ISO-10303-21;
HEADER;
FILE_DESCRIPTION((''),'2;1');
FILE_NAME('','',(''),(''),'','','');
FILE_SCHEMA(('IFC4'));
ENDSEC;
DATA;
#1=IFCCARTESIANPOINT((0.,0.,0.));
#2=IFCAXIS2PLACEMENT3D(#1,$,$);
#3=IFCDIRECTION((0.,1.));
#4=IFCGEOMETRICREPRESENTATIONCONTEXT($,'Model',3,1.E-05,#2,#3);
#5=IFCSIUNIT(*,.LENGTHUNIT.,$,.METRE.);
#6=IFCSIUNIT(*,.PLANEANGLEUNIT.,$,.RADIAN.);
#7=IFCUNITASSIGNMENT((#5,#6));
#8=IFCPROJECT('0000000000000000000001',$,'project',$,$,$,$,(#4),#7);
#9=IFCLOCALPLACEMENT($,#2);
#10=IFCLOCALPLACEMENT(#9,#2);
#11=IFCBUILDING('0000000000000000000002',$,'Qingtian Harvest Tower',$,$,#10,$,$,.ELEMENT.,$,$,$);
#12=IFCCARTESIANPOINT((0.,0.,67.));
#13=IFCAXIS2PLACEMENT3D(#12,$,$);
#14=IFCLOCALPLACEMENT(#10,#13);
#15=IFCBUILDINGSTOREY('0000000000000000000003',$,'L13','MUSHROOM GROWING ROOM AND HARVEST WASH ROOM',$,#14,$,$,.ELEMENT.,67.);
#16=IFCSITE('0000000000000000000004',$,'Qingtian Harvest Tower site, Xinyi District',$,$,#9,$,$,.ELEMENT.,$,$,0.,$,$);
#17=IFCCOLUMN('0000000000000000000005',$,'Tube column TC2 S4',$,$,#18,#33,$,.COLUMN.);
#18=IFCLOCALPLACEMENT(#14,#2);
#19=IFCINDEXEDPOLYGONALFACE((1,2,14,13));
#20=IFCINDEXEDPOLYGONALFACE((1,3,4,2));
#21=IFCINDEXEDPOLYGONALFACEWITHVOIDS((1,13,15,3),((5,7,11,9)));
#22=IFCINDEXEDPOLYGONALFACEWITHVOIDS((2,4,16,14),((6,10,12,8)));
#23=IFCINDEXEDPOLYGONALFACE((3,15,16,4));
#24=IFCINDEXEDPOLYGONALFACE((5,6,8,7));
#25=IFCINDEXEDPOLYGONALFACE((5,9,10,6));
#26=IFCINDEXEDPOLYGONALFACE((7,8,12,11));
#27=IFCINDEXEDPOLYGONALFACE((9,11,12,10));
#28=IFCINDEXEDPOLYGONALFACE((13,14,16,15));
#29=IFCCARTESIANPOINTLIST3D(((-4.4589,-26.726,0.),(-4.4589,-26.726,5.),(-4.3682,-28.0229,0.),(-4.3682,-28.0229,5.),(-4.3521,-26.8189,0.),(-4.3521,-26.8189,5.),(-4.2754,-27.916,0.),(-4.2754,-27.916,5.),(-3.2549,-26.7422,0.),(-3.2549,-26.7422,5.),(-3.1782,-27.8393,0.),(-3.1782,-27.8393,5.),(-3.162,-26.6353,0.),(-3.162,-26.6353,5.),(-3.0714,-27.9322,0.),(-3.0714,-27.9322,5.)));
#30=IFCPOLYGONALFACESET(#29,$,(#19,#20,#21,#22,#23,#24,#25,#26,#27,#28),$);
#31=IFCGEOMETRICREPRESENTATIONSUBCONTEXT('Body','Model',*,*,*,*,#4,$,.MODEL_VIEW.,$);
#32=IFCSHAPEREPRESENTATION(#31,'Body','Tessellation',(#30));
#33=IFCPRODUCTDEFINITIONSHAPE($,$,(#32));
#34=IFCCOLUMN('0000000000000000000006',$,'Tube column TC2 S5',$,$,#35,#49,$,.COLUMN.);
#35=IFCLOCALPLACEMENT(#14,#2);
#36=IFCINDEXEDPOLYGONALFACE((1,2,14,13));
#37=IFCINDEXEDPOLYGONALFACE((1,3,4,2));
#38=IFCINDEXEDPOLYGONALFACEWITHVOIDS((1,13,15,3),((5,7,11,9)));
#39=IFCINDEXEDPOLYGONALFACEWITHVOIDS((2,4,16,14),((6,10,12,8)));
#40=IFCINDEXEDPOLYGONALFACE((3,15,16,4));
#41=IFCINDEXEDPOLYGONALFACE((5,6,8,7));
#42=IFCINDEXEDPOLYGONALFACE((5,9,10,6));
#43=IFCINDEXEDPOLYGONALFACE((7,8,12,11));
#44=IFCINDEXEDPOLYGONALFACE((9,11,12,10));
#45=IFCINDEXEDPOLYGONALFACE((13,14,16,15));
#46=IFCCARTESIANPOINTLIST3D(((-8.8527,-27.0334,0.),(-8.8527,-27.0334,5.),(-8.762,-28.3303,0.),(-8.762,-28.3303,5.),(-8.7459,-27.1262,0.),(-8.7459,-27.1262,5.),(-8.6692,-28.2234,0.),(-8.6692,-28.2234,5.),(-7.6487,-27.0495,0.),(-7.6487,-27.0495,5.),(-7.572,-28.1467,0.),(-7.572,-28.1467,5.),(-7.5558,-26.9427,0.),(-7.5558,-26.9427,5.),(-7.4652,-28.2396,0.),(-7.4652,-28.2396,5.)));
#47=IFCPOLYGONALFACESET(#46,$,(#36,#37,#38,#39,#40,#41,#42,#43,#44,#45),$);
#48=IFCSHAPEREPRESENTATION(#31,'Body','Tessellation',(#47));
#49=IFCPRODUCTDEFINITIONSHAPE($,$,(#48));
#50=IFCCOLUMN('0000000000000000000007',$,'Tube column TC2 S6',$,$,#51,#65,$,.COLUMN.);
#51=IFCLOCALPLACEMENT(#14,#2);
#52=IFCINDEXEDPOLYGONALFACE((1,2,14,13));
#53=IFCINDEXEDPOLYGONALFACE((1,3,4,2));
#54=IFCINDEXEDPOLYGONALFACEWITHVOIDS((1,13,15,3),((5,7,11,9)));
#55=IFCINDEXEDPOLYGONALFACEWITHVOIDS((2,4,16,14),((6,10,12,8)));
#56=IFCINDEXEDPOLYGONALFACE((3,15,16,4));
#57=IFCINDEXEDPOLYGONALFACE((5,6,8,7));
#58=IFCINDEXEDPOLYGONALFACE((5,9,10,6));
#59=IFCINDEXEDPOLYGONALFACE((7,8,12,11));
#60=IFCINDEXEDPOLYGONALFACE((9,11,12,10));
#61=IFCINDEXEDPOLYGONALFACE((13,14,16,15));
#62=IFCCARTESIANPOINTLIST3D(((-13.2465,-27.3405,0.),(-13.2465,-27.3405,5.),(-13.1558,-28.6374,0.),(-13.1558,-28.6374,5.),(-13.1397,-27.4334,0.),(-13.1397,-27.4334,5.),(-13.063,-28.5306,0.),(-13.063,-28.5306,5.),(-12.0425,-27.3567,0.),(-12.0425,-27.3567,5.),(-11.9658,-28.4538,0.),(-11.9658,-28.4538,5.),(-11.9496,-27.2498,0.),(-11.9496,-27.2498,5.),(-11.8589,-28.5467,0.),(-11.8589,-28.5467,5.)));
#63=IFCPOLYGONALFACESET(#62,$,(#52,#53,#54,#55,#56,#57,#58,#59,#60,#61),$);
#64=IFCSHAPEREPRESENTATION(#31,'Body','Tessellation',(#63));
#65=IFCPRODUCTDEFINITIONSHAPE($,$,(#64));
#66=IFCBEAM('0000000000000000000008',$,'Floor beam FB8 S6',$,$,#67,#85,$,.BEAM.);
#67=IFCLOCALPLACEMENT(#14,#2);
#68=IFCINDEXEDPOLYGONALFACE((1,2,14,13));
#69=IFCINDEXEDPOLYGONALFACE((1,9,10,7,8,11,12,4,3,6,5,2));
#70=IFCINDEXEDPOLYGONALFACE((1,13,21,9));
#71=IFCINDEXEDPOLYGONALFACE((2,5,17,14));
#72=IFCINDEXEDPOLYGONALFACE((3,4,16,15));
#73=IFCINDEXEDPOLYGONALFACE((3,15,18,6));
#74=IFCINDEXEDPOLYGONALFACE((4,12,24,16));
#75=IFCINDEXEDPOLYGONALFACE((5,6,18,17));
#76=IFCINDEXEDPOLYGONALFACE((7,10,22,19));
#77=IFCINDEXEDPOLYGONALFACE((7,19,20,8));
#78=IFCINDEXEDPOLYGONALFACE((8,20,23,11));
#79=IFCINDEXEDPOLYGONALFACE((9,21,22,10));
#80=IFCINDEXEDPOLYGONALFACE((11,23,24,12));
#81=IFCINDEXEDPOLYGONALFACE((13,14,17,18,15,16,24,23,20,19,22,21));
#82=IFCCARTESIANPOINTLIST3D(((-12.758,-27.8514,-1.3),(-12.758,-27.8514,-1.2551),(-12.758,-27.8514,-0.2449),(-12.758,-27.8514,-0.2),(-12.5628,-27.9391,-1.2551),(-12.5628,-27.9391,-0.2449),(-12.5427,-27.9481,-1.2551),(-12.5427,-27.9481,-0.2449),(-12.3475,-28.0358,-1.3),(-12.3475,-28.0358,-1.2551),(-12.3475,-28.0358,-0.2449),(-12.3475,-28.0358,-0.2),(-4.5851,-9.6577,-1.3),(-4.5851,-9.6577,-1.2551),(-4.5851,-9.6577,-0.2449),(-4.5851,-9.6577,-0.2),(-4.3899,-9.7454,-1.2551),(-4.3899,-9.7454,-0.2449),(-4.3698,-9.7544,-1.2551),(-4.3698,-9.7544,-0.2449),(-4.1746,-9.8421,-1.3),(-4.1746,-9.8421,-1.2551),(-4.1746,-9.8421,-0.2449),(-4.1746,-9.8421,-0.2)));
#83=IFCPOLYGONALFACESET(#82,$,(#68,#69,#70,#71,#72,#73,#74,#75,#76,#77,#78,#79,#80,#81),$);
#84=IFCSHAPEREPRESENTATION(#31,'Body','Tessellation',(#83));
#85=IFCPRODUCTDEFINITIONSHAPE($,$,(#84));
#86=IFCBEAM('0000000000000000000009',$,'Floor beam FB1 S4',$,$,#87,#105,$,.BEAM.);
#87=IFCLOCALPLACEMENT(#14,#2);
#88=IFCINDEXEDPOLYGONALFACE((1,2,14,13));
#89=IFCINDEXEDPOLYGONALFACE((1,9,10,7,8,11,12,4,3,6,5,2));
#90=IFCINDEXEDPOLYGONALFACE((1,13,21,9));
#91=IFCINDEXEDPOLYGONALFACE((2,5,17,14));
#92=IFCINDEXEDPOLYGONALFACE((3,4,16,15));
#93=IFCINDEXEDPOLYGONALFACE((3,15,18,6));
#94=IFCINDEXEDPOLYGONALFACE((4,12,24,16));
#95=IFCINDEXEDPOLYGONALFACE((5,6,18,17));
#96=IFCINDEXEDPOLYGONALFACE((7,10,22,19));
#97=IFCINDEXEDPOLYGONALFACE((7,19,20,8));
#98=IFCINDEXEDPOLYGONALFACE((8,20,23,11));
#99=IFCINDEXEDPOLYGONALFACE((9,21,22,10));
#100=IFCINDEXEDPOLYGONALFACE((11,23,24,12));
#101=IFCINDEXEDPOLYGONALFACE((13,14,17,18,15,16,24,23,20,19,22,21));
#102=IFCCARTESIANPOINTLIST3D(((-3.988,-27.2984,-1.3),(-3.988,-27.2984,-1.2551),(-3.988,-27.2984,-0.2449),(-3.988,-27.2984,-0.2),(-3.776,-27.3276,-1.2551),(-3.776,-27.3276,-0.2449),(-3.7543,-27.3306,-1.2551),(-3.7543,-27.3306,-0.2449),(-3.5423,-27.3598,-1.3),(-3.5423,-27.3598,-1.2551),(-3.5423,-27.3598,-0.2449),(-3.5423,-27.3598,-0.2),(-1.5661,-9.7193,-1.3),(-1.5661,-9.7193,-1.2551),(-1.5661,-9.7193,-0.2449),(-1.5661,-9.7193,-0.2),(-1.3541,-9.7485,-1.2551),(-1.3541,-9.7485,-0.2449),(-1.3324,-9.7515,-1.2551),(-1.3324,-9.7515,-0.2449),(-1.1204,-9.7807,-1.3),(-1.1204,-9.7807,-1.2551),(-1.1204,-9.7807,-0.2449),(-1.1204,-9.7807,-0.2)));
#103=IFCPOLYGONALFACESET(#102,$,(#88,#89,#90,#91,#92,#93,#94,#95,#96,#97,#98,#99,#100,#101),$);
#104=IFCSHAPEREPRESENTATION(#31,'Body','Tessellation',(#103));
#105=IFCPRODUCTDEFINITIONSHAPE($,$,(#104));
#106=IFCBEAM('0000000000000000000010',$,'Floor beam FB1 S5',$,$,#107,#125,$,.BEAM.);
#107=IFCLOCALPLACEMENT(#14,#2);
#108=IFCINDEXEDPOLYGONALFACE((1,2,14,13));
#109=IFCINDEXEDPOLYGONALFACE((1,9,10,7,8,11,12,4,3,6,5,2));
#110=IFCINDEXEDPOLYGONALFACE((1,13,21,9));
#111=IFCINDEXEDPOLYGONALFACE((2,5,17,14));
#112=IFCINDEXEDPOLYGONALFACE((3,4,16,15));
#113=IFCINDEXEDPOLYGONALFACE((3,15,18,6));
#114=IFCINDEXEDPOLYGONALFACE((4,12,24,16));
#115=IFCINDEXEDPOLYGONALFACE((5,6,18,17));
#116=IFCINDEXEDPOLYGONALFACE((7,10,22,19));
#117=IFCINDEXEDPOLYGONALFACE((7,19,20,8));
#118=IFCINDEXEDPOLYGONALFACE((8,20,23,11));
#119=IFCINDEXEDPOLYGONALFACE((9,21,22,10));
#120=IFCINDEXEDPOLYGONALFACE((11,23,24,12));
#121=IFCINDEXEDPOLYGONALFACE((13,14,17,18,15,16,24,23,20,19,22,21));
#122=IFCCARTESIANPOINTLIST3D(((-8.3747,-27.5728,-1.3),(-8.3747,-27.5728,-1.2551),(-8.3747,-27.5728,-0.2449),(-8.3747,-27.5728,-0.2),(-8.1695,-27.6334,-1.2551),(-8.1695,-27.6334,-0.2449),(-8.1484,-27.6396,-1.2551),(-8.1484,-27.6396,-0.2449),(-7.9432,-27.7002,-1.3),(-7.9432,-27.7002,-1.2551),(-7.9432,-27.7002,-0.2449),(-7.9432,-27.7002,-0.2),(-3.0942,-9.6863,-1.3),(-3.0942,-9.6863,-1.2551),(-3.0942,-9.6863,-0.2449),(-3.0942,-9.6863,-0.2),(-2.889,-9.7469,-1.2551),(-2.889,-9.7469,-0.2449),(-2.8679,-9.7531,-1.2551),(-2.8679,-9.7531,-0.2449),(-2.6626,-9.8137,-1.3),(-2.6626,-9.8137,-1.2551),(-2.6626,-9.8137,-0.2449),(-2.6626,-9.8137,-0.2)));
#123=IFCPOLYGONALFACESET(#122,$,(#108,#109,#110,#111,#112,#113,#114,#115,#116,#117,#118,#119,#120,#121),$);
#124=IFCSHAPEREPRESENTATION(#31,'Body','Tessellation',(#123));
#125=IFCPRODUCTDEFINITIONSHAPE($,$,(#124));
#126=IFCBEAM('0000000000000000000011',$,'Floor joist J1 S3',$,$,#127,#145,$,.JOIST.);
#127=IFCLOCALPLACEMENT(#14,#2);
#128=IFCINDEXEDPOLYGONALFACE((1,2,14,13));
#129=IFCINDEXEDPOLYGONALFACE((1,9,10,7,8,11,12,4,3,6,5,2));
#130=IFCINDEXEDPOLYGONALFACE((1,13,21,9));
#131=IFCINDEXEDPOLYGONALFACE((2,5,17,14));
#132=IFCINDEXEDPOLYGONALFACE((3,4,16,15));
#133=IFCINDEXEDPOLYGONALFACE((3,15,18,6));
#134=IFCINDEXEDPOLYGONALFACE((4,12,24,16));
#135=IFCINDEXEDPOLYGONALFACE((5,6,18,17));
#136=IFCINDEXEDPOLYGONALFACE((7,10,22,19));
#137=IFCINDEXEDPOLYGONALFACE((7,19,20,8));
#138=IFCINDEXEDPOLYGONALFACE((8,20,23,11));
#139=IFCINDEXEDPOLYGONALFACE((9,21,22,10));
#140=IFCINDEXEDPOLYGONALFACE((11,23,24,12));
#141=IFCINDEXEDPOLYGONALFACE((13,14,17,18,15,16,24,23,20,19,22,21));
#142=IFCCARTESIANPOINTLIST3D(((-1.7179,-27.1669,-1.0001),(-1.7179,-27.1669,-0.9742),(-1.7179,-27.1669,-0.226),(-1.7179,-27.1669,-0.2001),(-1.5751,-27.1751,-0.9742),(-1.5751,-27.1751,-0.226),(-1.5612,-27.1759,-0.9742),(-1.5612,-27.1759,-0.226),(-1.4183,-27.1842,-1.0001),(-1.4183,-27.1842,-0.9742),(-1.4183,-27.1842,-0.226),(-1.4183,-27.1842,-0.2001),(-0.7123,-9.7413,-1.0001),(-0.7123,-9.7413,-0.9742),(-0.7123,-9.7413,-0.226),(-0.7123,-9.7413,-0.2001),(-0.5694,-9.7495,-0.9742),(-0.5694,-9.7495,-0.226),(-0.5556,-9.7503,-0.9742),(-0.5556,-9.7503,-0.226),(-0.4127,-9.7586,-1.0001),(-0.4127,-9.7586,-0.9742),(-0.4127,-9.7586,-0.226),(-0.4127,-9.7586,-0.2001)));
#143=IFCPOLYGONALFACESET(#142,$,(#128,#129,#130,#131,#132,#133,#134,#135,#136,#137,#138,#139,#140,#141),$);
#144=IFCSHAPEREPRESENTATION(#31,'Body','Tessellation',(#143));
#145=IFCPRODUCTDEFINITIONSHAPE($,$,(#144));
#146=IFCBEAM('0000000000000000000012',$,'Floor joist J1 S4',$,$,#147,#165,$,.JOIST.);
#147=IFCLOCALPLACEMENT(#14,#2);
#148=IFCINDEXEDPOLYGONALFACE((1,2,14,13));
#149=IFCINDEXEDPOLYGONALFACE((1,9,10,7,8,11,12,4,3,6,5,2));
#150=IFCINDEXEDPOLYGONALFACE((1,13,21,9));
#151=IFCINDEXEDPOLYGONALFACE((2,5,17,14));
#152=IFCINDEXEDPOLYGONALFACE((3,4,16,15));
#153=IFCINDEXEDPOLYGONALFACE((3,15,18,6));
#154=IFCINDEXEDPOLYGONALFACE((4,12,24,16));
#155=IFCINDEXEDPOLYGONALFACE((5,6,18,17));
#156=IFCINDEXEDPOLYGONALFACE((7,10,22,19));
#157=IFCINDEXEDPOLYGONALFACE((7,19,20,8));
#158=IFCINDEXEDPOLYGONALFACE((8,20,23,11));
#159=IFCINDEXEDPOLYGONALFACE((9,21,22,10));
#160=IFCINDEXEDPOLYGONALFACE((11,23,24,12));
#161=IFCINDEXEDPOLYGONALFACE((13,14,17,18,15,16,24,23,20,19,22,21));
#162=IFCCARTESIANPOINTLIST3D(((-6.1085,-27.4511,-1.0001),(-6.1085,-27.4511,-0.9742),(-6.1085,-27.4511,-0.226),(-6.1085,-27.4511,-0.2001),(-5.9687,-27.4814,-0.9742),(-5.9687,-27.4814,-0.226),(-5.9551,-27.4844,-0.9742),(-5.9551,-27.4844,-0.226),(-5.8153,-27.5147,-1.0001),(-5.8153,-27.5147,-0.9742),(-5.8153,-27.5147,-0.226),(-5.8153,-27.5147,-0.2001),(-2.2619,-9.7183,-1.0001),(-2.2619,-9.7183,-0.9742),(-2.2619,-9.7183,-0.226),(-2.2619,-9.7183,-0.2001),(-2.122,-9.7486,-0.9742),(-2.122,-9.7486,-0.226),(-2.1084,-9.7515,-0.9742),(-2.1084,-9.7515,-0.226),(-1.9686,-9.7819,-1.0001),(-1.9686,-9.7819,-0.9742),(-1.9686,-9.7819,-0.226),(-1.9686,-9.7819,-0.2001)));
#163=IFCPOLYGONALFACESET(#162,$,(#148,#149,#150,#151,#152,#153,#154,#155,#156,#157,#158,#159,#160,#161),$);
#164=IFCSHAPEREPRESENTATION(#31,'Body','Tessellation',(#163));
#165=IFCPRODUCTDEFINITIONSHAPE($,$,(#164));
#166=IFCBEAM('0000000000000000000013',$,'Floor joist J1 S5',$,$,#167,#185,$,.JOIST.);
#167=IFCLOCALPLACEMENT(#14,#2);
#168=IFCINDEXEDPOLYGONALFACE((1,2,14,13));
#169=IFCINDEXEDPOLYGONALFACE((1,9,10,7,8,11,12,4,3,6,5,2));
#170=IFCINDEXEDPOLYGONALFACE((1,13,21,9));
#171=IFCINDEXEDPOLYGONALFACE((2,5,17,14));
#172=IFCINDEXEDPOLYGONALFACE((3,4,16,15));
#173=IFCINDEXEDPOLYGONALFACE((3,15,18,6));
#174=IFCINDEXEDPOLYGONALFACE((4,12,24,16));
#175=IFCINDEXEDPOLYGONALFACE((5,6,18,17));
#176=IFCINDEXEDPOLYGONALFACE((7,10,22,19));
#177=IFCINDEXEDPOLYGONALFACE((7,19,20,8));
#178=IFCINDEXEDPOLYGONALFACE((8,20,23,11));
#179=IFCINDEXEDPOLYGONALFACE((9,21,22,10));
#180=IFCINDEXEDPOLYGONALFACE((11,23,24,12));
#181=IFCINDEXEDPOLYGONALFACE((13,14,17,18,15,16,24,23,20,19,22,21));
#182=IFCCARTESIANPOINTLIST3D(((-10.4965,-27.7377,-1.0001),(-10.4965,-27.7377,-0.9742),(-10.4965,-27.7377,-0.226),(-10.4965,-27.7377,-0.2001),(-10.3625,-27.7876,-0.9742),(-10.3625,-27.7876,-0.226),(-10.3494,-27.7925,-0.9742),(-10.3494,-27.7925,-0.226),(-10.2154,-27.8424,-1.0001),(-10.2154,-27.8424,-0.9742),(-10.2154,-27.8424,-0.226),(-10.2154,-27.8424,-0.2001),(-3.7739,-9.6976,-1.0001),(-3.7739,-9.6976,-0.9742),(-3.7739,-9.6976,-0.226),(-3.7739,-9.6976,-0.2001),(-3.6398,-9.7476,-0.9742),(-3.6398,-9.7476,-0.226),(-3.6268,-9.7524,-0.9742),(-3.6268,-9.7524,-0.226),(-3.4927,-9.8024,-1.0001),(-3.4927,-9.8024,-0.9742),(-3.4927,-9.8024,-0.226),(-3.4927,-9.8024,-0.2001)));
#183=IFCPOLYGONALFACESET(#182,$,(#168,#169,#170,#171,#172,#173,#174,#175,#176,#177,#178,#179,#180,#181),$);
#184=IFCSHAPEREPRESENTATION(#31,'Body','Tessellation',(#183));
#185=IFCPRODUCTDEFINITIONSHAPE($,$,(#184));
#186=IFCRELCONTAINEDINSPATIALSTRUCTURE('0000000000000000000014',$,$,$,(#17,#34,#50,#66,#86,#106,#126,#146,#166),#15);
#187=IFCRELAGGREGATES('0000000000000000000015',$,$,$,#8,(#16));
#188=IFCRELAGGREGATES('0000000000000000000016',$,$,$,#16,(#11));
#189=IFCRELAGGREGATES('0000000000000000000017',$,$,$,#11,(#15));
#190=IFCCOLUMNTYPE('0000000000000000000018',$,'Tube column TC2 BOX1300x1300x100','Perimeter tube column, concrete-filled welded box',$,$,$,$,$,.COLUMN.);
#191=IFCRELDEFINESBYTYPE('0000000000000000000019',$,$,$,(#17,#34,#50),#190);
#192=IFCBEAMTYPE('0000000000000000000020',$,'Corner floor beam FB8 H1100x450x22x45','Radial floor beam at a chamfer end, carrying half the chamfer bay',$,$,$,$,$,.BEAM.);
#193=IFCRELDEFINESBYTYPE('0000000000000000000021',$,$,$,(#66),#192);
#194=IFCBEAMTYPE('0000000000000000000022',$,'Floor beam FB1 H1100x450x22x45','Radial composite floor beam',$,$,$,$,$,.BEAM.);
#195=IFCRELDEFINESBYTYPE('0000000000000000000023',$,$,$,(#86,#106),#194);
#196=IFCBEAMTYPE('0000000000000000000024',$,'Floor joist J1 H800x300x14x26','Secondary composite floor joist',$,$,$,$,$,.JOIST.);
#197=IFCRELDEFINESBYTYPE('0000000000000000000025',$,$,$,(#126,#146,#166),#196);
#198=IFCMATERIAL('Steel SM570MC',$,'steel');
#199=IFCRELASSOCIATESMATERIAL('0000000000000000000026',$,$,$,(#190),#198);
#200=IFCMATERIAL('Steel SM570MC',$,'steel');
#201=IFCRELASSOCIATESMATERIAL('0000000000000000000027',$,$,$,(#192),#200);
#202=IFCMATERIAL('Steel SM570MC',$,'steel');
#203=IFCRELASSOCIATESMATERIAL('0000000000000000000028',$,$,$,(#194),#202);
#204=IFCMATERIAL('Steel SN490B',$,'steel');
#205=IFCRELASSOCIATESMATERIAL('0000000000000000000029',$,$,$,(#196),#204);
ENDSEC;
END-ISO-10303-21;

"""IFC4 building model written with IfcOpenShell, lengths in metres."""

from ifc_helpers import new_model, si_unit, direction, frame, origin, origin_2d, place, context, subcontext, project, spatial, hollow_rectangle, i_section, extrude, material, material_profile, profile_set, type_object, element, save


model = new_model("IFC4")

# Units and contexts
model_context = context("Model", 3, precision=1e-05, world=origin(), true_north=direction((0.0, 1.0)))
body_context = subcontext(model_context, "Body", "Model", "MODEL_VIEW")
ifc_project = project(units=[si_unit("LENGTHUNIT", "METRE"), si_unit("PLANEANGLEUNIT", "RADIAN")], contexts=[model_context])

# Site, building, storey
site_placement = place(None, origin())
site = spatial("IfcSite", under=ifc_project, at=site_placement, Name="Qingtian Harvest Tower site, Xinyi District", CompositionType="ELEMENT", RefElevation=0.0)
building_placement = place(site_placement, origin())
building = spatial("IfcBuilding", under=site, at=building_placement, Name="Qingtian Harvest Tower", CompositionType="ELEMENT")
storey_placement = place(building_placement, frame((0.0, 0.0, 67.0)))
storey = spatial("IfcBuildingStorey", under=building, at=storey_placement, Name="L13", Description="MUSHROOM GROWING ROOM AND HARVEST WASH ROOM", CompositionType="ELEMENT", Elevation=67.0)

# Columns
ifc_material_1 = material(Name="Steel SM570MC", Category="steel")
ifc_material_profile_1 = material_profile(ifc_material_1, hollow_rectangle(XDim=1.3, YDim=1.3, WallThickness=0.1001, at=origin_2d()), Name="BOX1300x1300x100")
ifc_profile_set_1 = profile_set([ifc_material_profile_1], Name="Steel SM570MC")
column_type = type_object("IfcColumnType", Name="Tube column TC2 BOX1300x1300x100", Description="Perimeter tube column, concrete-filled welded box", PredefinedType="COLUMN", material=ifc_profile_set_1)
for number, where, z_axis, x_axis, name in (
    (1, (-3.7651, -27.3291, 0.0), (0.0, 0.0, 1.0), (0.997564, 0.069756, 0.0), "Tube column TC2 S4"),
    (2, (-8.1589, -27.6365, 0.0), (0.0, 0.0, 1.0), (0.997564, 0.069756, 0.0), "Tube column TC2 S5"),
    (3, (-12.5527, -27.9436, 0.0), (0.0, 0.0, 1.0), (0.997564, 0.069756, 0.0), "Tube column TC2 S6"),
):
    element("IfcColumn", number, at=place(storey_placement, frame(where, z_axis=z_axis, x_axis=x_axis)), inside=storey, type_object=column_type, Name=name, PredefinedType="COLUMN", context=body_context, shape_type="SweptSolid", body=[
        extrude(hollow_rectangle(XDim=1.3, YDim=1.3, WallThickness=0.1001, at=origin_2d()), origin(), (0.0, 0.0, 1.0), 5.0),
    ])

# Beams
ifc_material_2 = material(Name="Steel SM570MC", Category="steel")
ifc_material_profile_2 = material_profile(ifc_material_2, i_section(OverallWidth=0.45, OverallDepth=1.1001, WebThickness=0.022, FlangeThickness=0.0449, at=origin_2d()), Name="H1100x450x22x45")
ifc_profile_set_2 = profile_set([ifc_material_profile_2], Name="Steel SM570MC")
beam_type_1 = type_object("IfcBeamType", Name="Corner floor beam FB8 H1100x450x22x45", Description="Radial floor beam at a chamfer end, carrying half the chamfer bay", PredefinedType="BEAM", material=ifc_profile_set_2)
beam_1_placement = place(storey_placement, frame((-12.5527, -27.9436, -0.75), z_axis=(0.40977, 0.912189, 0.0), x_axis=(-0.912189, 0.40977, 0.0)))
element("IfcBeam", 4, at=beam_1_placement, inside=storey, type_object=beam_type_1, Name="Floor beam FB8 S6", PredefinedType="BEAM", context=body_context, shape_type="SweptSolid", body=[
    extrude(i_section(OverallWidth=0.45, OverallDepth=1.1001, WebThickness=0.022, FlangeThickness=0.0449, at=origin_2d()), origin(), (0.0, 0.0, 1.0), 19.9451),
])
ifc_material_3 = material(Name="Steel SM570MC", Category="steel")
ifc_material_profile_3 = material_profile(ifc_material_3, i_section(OverallWidth=0.45, OverallDepth=1.1001, WebThickness=0.022, FlangeThickness=0.0449, at=origin_2d()), Name="H1100x450x22x45")
ifc_profile_set_3 = profile_set([ifc_material_profile_3], Name="Steel SM570MC")
beam_type_2 = type_object("IfcBeamType", Name="Floor beam FB1 H1100x450x22x45", Description="Radial composite floor beam", PredefinedType="BEAM", material=ifc_profile_set_3)
beam_2_placement = place(storey_placement, frame((-3.7651, -27.3291, -0.75), z_axis=(0.136481, 0.990643, 0.0), x_axis=(-0.990643, 0.136481, 0.0)))
element("IfcBeam", 5, at=beam_2_placement, inside=storey, type_object=beam_type_2, Name="Floor beam FB1 S4", PredefinedType="BEAM", context=body_context, shape_type="SweptSolid", body=[
    extrude(i_section(OverallWidth=0.45, OverallDepth=1.1001, WebThickness=0.022, FlangeThickness=0.0449, at=origin_2d()), origin(), (0.0, 0.0, 1.0), 17.7451),
])
beam_3_placement = place(storey_placement, frame((-8.1589, -27.6365, -0.75), z_axis=(0.283143, 0.959078, 0.0), x_axis=(-0.959078, 0.283143, 0.0)))
element("IfcBeam", 6, at=beam_3_placement, inside=storey, type_object=beam_type_2, Name="Floor beam FB1 S5", PredefinedType="BEAM", context=body_context, shape_type="SweptSolid", body=[
    extrude(i_section(OverallWidth=0.45, OverallDepth=1.1001, WebThickness=0.022, FlangeThickness=0.0449, at=origin_2d()), origin(), (0.0, 0.0, 1.0), 18.6497),
])
ifc_material_4 = material(Name="Steel SN490B", Category="steel")
ifc_material_profile_4 = material_profile(ifc_material_4, i_section(OverallWidth=0.3, OverallDepth=0.8, WebThickness=0.0139, FlangeThickness=0.0259, at=origin_2d()), Name="H800x300x14x26")
ifc_profile_set_4 = profile_set([ifc_material_profile_4], Name="Steel SN490B")
beam_type_3 = type_object("IfcBeamType", Name="Floor joist J1 H800x300x14x26", Description="Secondary composite floor joist", PredefinedType="JOIST", material=ifc_profile_set_4)
beam_4_placement = place(storey_placement, frame((-1.5681, -27.1755, -0.6001), z_axis=(0.057613, 0.998339, 0.0), x_axis=(-0.998339, 0.057613, 0.0)))
element("IfcBeam", 7, at=beam_4_placement, inside=storey, type_object=beam_type_3, Name="Floor joist J1 S3", PredefinedType="JOIST", context=body_context, shape_type="SweptSolid", body=[
    extrude(i_section(OverallWidth=0.3, OverallDepth=0.8, WebThickness=0.0139, FlangeThickness=0.0259, at=origin_2d()), origin(), (0.0, 0.0, 1.0), 17.4546),
])
beam_5_placement = place(storey_placement, frame((-5.9619, -27.4829, -0.6001), z_axis=(0.211993, 0.977271, 0.0), x_axis=(-0.977271, 0.211993, 0.0)))
element("IfcBeam", 8, at=beam_5_placement, inside=storey, type_object=beam_type_3, Name="Floor joist J1 S4", PredefinedType="JOIST", context=body_context, shape_type="SweptSolid", body=[
    extrude(i_section(OverallWidth=0.3, OverallDepth=0.8, WebThickness=0.0139, FlangeThickness=0.0259, at=origin_2d()), origin(), (0.0, 0.0, 1.0), 18.1453),
])
beam_6_placement = place(storey_placement, frame((-10.356, -27.79, -0.6001), z_axis=(0.349194, 0.937051, 0.0), x_axis=(-0.937051, 0.349194, 0.0)))
element("IfcBeam", 9, at=beam_6_placement, inside=storey, type_object=beam_type_3, Name="Floor joist J1 S5", PredefinedType="JOIST", context=body_context, shape_type="SweptSolid", body=[
    extrude(i_section(OverallWidth=0.3, OverallDepth=0.8, WebThickness=0.0139, FlangeThickness=0.0259, at=origin_2d()), origin(), (0.0, 0.0, 1.0), 19.252),
])

save(model, "model.ifc")
